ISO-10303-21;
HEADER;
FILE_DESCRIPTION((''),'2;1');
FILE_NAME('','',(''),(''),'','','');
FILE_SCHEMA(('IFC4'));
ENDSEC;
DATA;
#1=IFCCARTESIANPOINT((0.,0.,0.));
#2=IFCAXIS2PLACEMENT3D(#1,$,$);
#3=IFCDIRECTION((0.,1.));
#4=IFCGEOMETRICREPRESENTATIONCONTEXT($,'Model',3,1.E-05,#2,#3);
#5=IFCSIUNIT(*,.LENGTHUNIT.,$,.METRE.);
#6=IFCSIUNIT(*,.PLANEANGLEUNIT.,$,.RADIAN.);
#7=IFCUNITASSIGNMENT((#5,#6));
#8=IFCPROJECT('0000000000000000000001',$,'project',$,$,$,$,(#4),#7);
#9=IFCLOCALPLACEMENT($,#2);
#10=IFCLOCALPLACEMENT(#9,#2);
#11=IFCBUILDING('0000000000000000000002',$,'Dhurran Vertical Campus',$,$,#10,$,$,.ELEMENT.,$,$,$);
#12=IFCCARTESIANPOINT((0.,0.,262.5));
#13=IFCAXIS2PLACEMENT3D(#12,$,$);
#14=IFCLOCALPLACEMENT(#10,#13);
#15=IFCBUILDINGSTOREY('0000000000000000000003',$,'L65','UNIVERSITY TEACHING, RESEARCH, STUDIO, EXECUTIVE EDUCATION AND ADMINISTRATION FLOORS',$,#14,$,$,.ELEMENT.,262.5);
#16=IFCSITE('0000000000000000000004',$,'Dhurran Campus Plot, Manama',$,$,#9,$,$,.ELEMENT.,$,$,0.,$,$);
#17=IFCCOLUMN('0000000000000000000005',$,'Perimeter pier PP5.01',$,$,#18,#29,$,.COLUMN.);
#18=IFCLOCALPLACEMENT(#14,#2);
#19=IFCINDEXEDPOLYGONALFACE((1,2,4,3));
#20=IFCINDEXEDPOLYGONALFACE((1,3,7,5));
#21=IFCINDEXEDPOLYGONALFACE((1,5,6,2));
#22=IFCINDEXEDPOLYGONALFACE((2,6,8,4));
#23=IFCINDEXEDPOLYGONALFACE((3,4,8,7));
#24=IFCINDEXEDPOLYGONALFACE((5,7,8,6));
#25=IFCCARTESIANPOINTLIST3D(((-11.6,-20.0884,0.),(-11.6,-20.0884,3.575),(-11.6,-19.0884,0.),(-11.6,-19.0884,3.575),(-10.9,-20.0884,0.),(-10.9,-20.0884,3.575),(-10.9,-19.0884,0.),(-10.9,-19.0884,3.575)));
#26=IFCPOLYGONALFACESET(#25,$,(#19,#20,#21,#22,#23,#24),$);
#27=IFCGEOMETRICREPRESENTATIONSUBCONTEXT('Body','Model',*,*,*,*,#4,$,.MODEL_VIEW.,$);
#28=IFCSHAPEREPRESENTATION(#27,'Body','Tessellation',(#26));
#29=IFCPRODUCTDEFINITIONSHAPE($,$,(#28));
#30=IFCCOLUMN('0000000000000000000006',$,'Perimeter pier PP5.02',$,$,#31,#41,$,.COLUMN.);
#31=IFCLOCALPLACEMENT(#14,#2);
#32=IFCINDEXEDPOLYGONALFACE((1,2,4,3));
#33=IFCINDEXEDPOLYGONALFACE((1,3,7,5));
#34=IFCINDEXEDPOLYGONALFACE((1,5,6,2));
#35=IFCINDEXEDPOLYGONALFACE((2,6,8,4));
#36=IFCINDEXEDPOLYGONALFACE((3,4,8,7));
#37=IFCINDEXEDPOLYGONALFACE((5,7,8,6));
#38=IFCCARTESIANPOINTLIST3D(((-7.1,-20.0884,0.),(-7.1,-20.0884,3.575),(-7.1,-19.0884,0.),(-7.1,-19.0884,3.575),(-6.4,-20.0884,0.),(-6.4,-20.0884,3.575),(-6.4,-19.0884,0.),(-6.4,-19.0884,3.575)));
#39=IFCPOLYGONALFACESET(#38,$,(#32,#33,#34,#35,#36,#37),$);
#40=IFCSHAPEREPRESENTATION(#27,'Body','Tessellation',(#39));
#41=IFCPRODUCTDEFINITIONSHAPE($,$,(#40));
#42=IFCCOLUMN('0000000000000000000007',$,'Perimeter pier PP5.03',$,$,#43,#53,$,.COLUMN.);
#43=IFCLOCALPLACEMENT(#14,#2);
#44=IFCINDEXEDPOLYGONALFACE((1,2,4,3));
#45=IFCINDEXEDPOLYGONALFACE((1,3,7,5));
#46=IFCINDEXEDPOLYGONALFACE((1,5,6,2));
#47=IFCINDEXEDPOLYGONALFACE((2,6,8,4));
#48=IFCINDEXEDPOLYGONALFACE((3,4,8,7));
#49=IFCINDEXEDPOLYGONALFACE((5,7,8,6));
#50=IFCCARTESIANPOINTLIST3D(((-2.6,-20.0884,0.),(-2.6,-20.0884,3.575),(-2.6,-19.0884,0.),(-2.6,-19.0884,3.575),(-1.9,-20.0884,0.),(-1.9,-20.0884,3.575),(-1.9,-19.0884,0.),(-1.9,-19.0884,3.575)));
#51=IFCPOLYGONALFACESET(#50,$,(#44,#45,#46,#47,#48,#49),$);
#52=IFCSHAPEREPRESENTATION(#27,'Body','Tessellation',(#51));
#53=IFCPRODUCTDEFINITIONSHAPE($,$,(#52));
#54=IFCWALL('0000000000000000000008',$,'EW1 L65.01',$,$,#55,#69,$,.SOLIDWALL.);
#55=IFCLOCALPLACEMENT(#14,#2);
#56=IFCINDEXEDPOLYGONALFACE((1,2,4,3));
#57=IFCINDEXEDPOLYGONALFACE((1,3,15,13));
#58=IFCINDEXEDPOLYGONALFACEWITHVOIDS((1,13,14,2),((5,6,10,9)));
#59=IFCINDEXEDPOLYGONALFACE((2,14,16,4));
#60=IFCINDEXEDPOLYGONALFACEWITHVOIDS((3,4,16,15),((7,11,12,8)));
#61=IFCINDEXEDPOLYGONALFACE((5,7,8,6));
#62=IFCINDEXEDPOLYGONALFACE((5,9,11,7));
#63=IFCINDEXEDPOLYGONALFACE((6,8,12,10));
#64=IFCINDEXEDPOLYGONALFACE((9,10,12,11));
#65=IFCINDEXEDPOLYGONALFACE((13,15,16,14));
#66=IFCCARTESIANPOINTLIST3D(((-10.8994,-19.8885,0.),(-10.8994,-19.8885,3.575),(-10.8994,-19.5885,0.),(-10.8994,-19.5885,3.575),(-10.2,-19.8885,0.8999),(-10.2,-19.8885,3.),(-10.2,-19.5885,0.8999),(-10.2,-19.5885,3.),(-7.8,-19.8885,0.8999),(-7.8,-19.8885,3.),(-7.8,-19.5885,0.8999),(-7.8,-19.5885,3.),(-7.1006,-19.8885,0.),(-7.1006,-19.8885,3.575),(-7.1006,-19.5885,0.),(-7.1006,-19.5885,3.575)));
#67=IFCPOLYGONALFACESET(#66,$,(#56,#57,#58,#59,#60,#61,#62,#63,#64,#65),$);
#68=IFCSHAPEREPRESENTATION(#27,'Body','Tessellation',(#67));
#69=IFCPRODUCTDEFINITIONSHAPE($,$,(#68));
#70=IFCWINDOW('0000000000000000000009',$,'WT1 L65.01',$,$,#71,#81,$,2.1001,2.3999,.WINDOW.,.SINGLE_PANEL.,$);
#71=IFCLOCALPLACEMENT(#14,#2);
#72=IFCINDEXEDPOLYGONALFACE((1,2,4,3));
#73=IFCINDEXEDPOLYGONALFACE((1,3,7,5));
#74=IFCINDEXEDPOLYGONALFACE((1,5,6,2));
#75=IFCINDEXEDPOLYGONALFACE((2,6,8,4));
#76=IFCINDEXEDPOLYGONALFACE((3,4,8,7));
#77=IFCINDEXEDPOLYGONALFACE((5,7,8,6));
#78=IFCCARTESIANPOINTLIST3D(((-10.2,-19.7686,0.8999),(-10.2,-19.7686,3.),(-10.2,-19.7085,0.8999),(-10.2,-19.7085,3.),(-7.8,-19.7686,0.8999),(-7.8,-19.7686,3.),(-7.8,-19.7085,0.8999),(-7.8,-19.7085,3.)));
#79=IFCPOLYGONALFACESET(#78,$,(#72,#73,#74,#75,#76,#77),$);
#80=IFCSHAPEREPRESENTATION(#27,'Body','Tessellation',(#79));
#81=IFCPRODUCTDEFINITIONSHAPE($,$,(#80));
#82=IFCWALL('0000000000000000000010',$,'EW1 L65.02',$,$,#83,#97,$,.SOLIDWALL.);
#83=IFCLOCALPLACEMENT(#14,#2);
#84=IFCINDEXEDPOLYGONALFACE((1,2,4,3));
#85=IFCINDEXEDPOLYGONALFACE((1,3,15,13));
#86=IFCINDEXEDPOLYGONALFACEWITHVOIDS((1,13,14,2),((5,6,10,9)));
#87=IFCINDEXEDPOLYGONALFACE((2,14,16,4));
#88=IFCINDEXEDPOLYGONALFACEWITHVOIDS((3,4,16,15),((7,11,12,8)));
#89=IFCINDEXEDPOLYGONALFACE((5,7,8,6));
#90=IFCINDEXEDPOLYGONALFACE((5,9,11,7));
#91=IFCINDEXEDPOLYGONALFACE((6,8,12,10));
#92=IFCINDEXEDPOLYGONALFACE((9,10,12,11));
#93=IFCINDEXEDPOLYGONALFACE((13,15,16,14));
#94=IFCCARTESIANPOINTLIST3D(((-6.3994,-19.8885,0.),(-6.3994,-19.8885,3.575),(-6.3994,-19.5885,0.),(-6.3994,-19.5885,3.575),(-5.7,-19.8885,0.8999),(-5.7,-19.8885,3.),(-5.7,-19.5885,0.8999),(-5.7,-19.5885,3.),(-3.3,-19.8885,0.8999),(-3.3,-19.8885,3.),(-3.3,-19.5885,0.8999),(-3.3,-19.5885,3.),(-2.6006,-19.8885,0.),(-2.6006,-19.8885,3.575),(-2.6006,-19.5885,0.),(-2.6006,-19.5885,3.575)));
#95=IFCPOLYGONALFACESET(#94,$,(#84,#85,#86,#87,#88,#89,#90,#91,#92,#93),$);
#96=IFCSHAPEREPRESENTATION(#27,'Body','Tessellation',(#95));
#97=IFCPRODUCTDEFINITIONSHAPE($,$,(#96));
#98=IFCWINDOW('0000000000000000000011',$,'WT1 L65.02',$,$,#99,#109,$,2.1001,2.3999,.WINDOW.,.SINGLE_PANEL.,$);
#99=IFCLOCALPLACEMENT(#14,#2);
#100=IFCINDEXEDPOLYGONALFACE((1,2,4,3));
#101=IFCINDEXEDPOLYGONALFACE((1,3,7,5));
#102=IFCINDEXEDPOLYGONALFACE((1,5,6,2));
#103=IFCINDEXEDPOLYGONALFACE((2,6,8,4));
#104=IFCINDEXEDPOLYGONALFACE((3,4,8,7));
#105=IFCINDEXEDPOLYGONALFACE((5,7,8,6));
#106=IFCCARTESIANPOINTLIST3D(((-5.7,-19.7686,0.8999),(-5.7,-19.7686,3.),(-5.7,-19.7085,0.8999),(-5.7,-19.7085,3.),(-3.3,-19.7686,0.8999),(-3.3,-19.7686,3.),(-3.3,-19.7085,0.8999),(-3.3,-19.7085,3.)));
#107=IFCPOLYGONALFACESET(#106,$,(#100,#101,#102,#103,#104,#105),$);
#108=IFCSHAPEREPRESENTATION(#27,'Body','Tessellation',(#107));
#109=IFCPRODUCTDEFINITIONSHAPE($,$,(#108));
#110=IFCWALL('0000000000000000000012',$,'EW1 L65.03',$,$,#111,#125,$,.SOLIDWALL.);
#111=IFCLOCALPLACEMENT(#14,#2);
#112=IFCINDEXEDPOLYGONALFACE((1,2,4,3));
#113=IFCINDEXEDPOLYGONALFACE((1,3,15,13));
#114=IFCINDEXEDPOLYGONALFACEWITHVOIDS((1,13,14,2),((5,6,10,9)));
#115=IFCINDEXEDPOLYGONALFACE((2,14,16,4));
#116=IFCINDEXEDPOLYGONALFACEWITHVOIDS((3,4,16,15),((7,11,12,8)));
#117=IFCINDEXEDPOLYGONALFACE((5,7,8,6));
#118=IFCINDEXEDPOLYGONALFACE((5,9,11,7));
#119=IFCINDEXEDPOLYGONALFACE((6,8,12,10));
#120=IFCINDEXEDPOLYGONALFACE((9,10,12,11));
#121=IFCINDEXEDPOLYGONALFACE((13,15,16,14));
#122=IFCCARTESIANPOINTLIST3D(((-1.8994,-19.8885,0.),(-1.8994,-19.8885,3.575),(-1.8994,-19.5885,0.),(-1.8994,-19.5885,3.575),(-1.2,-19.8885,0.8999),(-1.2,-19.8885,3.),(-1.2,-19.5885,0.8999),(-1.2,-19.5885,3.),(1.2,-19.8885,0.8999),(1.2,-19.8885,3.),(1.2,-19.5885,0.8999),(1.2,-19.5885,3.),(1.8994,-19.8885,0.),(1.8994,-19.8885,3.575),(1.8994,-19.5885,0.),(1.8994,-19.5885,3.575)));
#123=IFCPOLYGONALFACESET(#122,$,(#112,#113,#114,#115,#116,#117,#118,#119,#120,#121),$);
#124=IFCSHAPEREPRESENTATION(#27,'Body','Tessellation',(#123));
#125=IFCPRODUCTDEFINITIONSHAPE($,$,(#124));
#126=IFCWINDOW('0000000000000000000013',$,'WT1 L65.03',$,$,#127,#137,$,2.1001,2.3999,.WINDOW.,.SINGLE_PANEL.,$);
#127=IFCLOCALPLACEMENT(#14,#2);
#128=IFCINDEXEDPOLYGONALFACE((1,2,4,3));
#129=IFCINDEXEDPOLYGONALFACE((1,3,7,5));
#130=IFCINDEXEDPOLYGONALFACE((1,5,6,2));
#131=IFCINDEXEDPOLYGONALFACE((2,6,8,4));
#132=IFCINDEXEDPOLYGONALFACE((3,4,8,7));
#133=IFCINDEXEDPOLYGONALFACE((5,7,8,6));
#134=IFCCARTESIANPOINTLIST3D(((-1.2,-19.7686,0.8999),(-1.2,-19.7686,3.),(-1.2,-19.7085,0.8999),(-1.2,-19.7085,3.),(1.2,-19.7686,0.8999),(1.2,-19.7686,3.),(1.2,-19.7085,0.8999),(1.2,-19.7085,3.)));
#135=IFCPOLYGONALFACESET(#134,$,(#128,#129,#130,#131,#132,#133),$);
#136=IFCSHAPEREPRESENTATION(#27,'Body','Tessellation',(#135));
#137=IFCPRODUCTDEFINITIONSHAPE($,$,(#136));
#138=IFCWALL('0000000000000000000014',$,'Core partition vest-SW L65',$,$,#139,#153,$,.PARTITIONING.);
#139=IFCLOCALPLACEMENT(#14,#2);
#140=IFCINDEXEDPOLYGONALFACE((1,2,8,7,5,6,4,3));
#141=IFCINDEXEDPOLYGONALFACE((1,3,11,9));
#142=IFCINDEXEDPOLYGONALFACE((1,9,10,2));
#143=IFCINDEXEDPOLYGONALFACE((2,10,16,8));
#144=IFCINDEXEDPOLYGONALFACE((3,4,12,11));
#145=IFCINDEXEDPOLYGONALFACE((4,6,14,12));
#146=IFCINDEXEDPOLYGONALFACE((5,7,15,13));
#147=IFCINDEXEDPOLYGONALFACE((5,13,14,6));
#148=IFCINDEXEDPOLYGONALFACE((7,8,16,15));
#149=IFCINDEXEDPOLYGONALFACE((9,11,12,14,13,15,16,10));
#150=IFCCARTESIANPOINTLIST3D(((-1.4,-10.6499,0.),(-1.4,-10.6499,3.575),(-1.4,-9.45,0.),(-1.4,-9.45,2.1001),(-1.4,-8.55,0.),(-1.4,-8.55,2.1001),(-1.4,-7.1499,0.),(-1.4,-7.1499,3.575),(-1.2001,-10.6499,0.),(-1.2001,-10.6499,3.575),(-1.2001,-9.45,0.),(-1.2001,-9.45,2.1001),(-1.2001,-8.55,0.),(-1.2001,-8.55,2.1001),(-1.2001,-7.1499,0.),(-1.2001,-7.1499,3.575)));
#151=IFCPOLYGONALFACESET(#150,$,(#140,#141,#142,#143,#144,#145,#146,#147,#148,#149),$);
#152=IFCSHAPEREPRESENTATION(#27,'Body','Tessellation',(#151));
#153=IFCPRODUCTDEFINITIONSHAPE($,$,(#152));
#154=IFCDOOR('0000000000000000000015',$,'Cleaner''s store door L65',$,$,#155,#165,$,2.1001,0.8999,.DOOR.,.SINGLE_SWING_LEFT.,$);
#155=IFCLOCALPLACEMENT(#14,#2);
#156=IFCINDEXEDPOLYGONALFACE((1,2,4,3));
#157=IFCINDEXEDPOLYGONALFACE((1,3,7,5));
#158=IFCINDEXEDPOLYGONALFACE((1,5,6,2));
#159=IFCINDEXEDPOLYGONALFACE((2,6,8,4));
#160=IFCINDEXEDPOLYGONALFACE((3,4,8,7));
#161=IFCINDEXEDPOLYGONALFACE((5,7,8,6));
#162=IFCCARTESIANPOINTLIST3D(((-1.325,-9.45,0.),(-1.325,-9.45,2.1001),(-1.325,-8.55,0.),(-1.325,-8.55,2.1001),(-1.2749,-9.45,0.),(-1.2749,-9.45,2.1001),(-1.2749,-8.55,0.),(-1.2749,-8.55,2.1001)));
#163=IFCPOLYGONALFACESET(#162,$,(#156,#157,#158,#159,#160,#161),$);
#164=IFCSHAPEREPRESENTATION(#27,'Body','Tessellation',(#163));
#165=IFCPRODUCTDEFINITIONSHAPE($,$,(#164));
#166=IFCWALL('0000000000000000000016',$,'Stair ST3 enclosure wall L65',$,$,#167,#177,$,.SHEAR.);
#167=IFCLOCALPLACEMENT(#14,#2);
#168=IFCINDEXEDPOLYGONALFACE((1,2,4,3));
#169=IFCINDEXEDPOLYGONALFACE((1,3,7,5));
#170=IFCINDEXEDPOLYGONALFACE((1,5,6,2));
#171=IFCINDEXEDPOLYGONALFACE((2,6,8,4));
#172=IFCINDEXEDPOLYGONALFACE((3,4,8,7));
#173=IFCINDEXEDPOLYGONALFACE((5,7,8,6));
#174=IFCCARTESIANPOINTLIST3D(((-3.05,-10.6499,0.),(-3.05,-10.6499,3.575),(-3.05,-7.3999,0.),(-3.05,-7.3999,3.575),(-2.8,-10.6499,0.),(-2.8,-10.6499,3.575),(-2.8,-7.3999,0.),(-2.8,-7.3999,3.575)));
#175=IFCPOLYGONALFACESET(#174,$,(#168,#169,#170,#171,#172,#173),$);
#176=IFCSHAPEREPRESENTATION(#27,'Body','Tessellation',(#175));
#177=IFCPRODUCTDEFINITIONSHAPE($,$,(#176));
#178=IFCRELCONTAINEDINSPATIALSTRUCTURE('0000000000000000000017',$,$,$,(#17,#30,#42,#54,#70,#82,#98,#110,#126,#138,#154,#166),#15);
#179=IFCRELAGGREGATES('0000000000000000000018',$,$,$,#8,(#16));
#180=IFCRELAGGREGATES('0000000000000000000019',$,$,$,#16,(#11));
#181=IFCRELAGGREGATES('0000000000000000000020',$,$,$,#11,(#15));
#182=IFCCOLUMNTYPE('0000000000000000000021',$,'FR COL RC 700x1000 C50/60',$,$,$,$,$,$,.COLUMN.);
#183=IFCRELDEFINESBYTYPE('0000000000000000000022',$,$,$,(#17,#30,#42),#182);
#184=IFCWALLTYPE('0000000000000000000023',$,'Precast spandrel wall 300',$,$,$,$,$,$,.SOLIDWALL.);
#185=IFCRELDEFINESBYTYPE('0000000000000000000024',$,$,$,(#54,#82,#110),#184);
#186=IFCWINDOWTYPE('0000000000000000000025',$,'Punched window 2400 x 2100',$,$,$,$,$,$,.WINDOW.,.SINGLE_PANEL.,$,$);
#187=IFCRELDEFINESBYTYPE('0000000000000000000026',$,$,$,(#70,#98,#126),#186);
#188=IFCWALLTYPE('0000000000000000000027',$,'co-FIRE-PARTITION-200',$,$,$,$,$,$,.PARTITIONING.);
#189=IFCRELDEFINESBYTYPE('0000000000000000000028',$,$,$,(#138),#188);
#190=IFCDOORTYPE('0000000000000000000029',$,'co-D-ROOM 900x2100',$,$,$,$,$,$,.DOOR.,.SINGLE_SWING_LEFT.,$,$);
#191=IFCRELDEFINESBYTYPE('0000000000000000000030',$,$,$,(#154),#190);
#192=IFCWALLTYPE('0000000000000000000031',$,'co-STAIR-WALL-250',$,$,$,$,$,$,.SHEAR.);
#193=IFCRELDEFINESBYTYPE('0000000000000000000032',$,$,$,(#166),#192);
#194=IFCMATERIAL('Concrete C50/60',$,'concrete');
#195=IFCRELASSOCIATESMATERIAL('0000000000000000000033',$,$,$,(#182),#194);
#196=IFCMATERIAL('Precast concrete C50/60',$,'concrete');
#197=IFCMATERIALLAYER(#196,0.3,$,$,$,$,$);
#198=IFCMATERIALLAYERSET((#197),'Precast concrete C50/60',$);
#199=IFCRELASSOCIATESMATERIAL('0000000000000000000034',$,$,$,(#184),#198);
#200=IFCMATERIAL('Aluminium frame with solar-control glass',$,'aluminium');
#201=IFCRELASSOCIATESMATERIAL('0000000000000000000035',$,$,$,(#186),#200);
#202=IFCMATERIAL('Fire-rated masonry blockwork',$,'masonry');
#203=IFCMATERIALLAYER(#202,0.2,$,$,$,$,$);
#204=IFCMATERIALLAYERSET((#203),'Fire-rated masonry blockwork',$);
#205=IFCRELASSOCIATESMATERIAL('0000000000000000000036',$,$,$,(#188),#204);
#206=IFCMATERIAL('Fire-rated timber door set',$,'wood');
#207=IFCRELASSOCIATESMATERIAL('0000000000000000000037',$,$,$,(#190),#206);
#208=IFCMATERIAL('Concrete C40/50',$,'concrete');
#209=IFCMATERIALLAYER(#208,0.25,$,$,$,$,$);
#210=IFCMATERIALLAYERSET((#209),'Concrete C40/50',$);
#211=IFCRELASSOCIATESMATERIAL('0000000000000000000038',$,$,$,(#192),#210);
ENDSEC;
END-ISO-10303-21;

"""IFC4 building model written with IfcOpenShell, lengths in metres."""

from ifc_helpers import new_model, si_unit, direction, frame, frame_2d, origin, origin_2d, place, context, subcontext, project, spatial, rectangle, extrude, material, layer, layer_set, material_profile, profile_set, type_object, element, fill, save


model = new_model("IFC4")

# Units and contexts
model_context = context("Model", 3, precision=1e-05, world=origin(), true_north=direction((0.0, 1.0)))
body_context = subcontext(model_context, "Body", "Model", "MODEL_VIEW")
ifc_project = project(units=[si_unit("LENGTHUNIT", "METRE"), si_unit("PLANEANGLEUNIT", "RADIAN")], contexts=[model_context])

# Site, building, storey
site_placement = place(None, origin())
site = spatial("IfcSite", under=ifc_project, at=site_placement, Name="Dhurran Campus Plot, Manama", CompositionType="ELEMENT", RefElevation=0.0)
building_placement = place(site_placement, origin())
building = spatial("IfcBuilding", under=site, at=building_placement, Name="Dhurran Vertical Campus", CompositionType="ELEMENT")
storey_placement = place(building_placement, frame((0.0, 0.0, 262.5)))
storey = spatial("IfcBuildingStorey", under=building, at=storey_placement, Name="L65", Description="UNIVERSITY TEACHING, RESEARCH, STUDIO, EXECUTIVE EDUCATION AND ADMINISTRATION FLOORS", CompositionType="ELEMENT", Elevation=262.5)

# Columns
ifc_material_1 = material(Name="Concrete C50/60", Category="concrete")
ifc_material_profile = material_profile(ifc_material_1, rectangle(XDim=0.7, YDim=1.0, at=origin_2d()), Name="RC 700x1000")
ifc_profile_set = profile_set([ifc_material_profile], Name="Concrete C50/60")
column_type = type_object("IfcColumnType", Name="FR COL RC 700x1000 C50/60", PredefinedType="COLUMN", material=ifc_profile_set)
for number, where, z_axis, x_axis, name in (
    (1, (-11.25, -19.5884, 0.0), (0.0, 0.0, 1.0), (1.0, 0.0, 0.0), "Perimeter pier PP5.01"),
    (2, (-6.75, -19.5884, 0.0), (0.0, 0.0, 1.0), (1.0, 0.0, 0.0), "Perimeter pier PP5.02"),
    (3, (-2.25, -19.5884, 0.0), (0.0, 0.0, 1.0), (1.0, 0.0, 0.0), "Perimeter pier PP5.03"),
):
    element("IfcColumn", number, at=place(storey_placement, frame(where, z_axis=z_axis, x_axis=x_axis)), inside=storey, type_object=column_type, Name=name, PredefinedType="COLUMN", context=body_context, shape_type="SweptSolid", body=[
        extrude(rectangle(XDim=0.7, YDim=1.0, at=origin_2d()), origin(), (0.0, 0.0, 1.0), 3.575),
    ])

# Walls, openings, windows
ifc_material_2 = material(Name="Precast concrete C50/60", Category="concrete")
ifc_layer_1 = layer(ifc_material_2, 0.3)
ifc_layer_set_1 = layer_set([ifc_layer_1], Name="Precast concrete C50/60")
wall_type_1 = type_object("IfcWallType", Name="Precast spandrel wall 300", PredefinedType="SOLIDWALL", material=ifc_layer_set_1)
wall_1_placement = place(storey_placement, frame((-10.8994, -19.7385, 0.0), z_axis=(0.0, 0.0, 1.0), x_axis=(1.0, 0.0, 0.0)))
wall_1 = element("IfcWall", 4, at=wall_1_placement, inside=storey, type_object=wall_type_1, Name="EW1 L65.01", PredefinedType="SOLIDWALL", context=body_context, shape_type="SweptSolid", body=[
    extrude(rectangle(XDim=3.7988, YDim=0.3, at=frame_2d((1.8994, 0.0))), origin(), (0.0, 0.0, 1.0), 3.575),
])
opening_1_placement = place(wall_1_placement, frame((0.6995, 0.0, 0.8999)))
opening_1 = element("IfcOpeningElement", 5, at=opening_1_placement, cuts=wall_1, PredefinedType="OPENING", context=body_context, shape_type="SweptSolid", body=[
    extrude(rectangle(XDim=2.3999, YDim=2.1001, at=frame_2d((1.2, 1.05))), frame((0.0, 0.1599, 0.0), z_axis=(0.0, -1.0, 0.0), x_axis=(1.0, 0.0, 0.0)), (0.0, 0.0, 1.0), 0.3201),
])
ifc_material_3 = material(Name="Aluminium frame with solar-control glass", Category="aluminium")
window_type = type_object("IfcWindowType", Name="Punched window 2400 x 2100", PartitioningType="SINGLE_PANEL", PredefinedType="WINDOW", material=ifc_material_3)
window_1_placement = place(opening_1_placement, origin())
window_1 = element("IfcWindow", 6, at=window_1_placement, inside=storey, type_object=window_type, Name="WT1 L65.01", OverallHeight=2.1001, OverallWidth=2.3999, PartitioningType="SINGLE_PANEL", PredefinedType="WINDOW", context=body_context, shape_type="SweptSolid", body=[
    extrude(rectangle(XDim=2.3999, YDim=2.1001, at=frame_2d((1.2, 1.05))), frame((0.0, 0.03, 0.0), z_axis=(0.0, -1.0, 0.0), x_axis=(1.0, 0.0, 0.0)), (0.0, 0.0, 1.0), 0.0601),
])
fill(opening_1, window_1)
wall_2_placement = place(storey_placement, frame((-6.3994, -19.7385, 0.0), z_axis=(0.0, 0.0, 1.0), x_axis=(1.0, 0.0, 0.0)))
wall_2 = element("IfcWall", 7, at=wall_2_placement, inside=storey, type_object=wall_type_1, Name="EW1 L65.02", PredefinedType="SOLIDWALL", context=body_context, shape_type="SweptSolid", body=[
    extrude(rectangle(XDim=3.7988, YDim=0.3, at=frame_2d((1.8994, 0.0))), origin(), (0.0, 0.0, 1.0), 3.575),
])
opening_2_placement = place(wall_2_placement, frame((0.6995, 0.0, 0.8999)))
opening_2 = element("IfcOpeningElement", 8, at=opening_2_placement, cuts=wall_2, PredefinedType="OPENING", context=body_context, shape_type="SweptSolid", body=[
    extrude(rectangle(XDim=2.3999, YDim=2.1001, at=frame_2d((1.2, 1.05))), frame((0.0, 0.1599, 0.0), z_axis=(0.0, -1.0, 0.0), x_axis=(1.0, 0.0, 0.0)), (0.0, 0.0, 1.0), 0.3201),
])
window_2_placement = place(opening_2_placement, origin())
window_2 = element("IfcWindow", 9, at=window_2_placement, inside=storey, type_object=window_type, Name="WT1 L65.02", OverallHeight=2.1001, OverallWidth=2.3999, PartitioningType="SINGLE_PANEL", PredefinedType="WINDOW", context=body_context, shape_type="SweptSolid", body=[
    extrude(rectangle(XDim=2.3999, YDim=2.1001, at=frame_2d((1.2, 1.05))), frame((0.0, 0.03, 0.0), z_axis=(0.0, -1.0, 0.0), x_axis=(1.0, 0.0, 0.0)), (0.0, 0.0, 1.0), 0.0601),
])
fill(opening_2, window_2)
wall_3_placement = place(storey_placement, frame((-1.8994, -19.7385, 0.0), z_axis=(0.0, 0.0, 1.0), x_axis=(1.0, 0.0, 0.0)))
wall_3 = element("IfcWall", 10, at=wall_3_placement, inside=storey, type_object=wall_type_1, Name="EW1 L65.03", PredefinedType="SOLIDWALL", context=body_context, shape_type="SweptSolid", body=[
    extrude(rectangle(XDim=3.7988, YDim=0.3, at=frame_2d((1.8994, 0.0))), origin(), (0.0, 0.0, 1.0), 3.575),
])
opening_3_placement = place(wall_3_placement, frame((0.6995, 0.0, 0.8999)))
opening_3 = element("IfcOpeningElement", 11, at=opening_3_placement, cuts=wall_3, PredefinedType="OPENING", context=body_context, shape_type="SweptSolid", body=[
    extrude(rectangle(XDim=2.3999, YDim=2.1001, at=frame_2d((1.2, 1.05))), frame((0.0, 0.1599, 0.0), z_axis=(0.0, -1.0, 0.0), x_axis=(1.0, 0.0, 0.0)), (0.0, 0.0, 1.0), 0.3201),
])
window_3_placement = place(opening_3_placement, origin())
window_3 = element("IfcWindow", 12, at=window_3_placement, inside=storey, type_object=window_type, Name="WT1 L65.03", OverallHeight=2.1001, OverallWidth=2.3999, PartitioningType="SINGLE_PANEL", PredefinedType="WINDOW", context=body_context, shape_type="SweptSolid", body=[
    extrude(rectangle(XDim=2.3999, YDim=2.1001, at=frame_2d((1.2, 1.05))), frame((0.0, 0.03, 0.0), z_axis=(0.0, -1.0, 0.0), x_axis=(1.0, 0.0, 0.0)), (0.0, 0.0, 1.0), 0.0601),
])
fill(opening_3, window_3)

# Wall, opening, door
ifc_material_4 = material(Name="Fire-rated masonry blockwork", Category="masonry")
ifc_layer_2 = layer(ifc_material_4, 0.2)
ifc_layer_set_2 = layer_set([ifc_layer_2], Name="Fire-rated masonry blockwork")
wall_type_2 = type_object("IfcWallType", Name="co-FIRE-PARTITION-200", PredefinedType="PARTITIONING", material=ifc_layer_set_2)
wall_4_placement = place(storey_placement, frame((-1.3, -10.6499, 0.0), z_axis=(0.0, 0.0, 1.0), x_axis=(0.0, 1.0, 0.0)))
wall_4 = element("IfcWall", 13, at=wall_4_placement, inside=storey, type_object=wall_type_2, Name="Core partition vest-SW L65", PredefinedType="PARTITIONING", context=body_context, shape_type="SweptSolid", body=[
    extrude(rectangle(XDim=3.5, YDim=0.2, at=frame_2d((1.75, 0.0))), origin(), (0.0, 0.0, 1.0), 3.575),
])
opening_4_placement = place(wall_4_placement, frame((1.2, 0.0, 0.0)))
opening_4 = element("IfcOpeningElement", 14, at=opening_4_placement, cuts=wall_4, PredefinedType="OPENING", context=body_context, shape_type="SweptSolid", body=[
    extrude(rectangle(XDim=0.8999, YDim=2.1001, at=frame_2d((0.45, 1.05))), frame((0.0, 0.1099, 0.0), z_axis=(0.0, -1.0, 0.0), x_axis=(1.0, 0.0, 0.0)), (0.0, 0.0, 1.0), 0.22),
])
ifc_material_5 = material(Name="Fire-rated timber door set", Category="wood")
door_type_1 = type_object("IfcDoorType", Name="co-D-ROOM 900x2100", OperationType="SINGLE_SWING_LEFT", PredefinedType="DOOR", material=ifc_material_5)
door_1_placement = place(opening_4_placement, origin())
door_1 = element("IfcDoor", 15, at=door_1_placement, inside=storey, type_object=door_type_1, Name="Cleaner's store door L65", OperationType="SINGLE_SWING_LEFT", OverallHeight=2.1001, OverallWidth=0.8999, PredefinedType="DOOR", context=body_context, shape_type="SweptSolid", body=[
    extrude(rectangle(XDim=0.8999, YDim=2.1001, at=frame_2d((0.45, 1.05))), frame((0.0, 0.0249, 0.0), z_axis=(0.0, -1.0, 0.0), x_axis=(1.0, 0.0, 0.0)), (0.0, 0.0, 1.0), 0.05),
])
fill(opening_4, door_1)

# Wall
ifc_material_6 = material(Name="Concrete C40/50", Category="concrete")
ifc_layer_3 = layer(ifc_material_6, 0.25)
ifc_layer_set_3 = layer_set([ifc_layer_3], Name="Concrete C40/50")
wall_type_3 = type_object("IfcWallType", Name="co-STAIR-WALL-250", PredefinedType="SHEAR", material=ifc_layer_set_3)
wall_5_placement = place(storey_placement, frame((-2.925, -10.6499, 0.0), z_axis=(0.0, 0.0, 1.0), x_axis=(0.0, 1.0, 0.0)))
element("IfcWall", 16, at=wall_5_placement, inside=storey, type_object=wall_type_3, Name="Stair ST3 enclosure wall L65", PredefinedType="SHEAR", context=body_context, shape_type="SweptSolid", body=[
    extrude(rectangle(XDim=3.25, YDim=0.25, at=frame_2d((1.625, 0.0))), origin(), (0.0, 0.0, 1.0), 3.575),
])

save(model, "model.ifc")
